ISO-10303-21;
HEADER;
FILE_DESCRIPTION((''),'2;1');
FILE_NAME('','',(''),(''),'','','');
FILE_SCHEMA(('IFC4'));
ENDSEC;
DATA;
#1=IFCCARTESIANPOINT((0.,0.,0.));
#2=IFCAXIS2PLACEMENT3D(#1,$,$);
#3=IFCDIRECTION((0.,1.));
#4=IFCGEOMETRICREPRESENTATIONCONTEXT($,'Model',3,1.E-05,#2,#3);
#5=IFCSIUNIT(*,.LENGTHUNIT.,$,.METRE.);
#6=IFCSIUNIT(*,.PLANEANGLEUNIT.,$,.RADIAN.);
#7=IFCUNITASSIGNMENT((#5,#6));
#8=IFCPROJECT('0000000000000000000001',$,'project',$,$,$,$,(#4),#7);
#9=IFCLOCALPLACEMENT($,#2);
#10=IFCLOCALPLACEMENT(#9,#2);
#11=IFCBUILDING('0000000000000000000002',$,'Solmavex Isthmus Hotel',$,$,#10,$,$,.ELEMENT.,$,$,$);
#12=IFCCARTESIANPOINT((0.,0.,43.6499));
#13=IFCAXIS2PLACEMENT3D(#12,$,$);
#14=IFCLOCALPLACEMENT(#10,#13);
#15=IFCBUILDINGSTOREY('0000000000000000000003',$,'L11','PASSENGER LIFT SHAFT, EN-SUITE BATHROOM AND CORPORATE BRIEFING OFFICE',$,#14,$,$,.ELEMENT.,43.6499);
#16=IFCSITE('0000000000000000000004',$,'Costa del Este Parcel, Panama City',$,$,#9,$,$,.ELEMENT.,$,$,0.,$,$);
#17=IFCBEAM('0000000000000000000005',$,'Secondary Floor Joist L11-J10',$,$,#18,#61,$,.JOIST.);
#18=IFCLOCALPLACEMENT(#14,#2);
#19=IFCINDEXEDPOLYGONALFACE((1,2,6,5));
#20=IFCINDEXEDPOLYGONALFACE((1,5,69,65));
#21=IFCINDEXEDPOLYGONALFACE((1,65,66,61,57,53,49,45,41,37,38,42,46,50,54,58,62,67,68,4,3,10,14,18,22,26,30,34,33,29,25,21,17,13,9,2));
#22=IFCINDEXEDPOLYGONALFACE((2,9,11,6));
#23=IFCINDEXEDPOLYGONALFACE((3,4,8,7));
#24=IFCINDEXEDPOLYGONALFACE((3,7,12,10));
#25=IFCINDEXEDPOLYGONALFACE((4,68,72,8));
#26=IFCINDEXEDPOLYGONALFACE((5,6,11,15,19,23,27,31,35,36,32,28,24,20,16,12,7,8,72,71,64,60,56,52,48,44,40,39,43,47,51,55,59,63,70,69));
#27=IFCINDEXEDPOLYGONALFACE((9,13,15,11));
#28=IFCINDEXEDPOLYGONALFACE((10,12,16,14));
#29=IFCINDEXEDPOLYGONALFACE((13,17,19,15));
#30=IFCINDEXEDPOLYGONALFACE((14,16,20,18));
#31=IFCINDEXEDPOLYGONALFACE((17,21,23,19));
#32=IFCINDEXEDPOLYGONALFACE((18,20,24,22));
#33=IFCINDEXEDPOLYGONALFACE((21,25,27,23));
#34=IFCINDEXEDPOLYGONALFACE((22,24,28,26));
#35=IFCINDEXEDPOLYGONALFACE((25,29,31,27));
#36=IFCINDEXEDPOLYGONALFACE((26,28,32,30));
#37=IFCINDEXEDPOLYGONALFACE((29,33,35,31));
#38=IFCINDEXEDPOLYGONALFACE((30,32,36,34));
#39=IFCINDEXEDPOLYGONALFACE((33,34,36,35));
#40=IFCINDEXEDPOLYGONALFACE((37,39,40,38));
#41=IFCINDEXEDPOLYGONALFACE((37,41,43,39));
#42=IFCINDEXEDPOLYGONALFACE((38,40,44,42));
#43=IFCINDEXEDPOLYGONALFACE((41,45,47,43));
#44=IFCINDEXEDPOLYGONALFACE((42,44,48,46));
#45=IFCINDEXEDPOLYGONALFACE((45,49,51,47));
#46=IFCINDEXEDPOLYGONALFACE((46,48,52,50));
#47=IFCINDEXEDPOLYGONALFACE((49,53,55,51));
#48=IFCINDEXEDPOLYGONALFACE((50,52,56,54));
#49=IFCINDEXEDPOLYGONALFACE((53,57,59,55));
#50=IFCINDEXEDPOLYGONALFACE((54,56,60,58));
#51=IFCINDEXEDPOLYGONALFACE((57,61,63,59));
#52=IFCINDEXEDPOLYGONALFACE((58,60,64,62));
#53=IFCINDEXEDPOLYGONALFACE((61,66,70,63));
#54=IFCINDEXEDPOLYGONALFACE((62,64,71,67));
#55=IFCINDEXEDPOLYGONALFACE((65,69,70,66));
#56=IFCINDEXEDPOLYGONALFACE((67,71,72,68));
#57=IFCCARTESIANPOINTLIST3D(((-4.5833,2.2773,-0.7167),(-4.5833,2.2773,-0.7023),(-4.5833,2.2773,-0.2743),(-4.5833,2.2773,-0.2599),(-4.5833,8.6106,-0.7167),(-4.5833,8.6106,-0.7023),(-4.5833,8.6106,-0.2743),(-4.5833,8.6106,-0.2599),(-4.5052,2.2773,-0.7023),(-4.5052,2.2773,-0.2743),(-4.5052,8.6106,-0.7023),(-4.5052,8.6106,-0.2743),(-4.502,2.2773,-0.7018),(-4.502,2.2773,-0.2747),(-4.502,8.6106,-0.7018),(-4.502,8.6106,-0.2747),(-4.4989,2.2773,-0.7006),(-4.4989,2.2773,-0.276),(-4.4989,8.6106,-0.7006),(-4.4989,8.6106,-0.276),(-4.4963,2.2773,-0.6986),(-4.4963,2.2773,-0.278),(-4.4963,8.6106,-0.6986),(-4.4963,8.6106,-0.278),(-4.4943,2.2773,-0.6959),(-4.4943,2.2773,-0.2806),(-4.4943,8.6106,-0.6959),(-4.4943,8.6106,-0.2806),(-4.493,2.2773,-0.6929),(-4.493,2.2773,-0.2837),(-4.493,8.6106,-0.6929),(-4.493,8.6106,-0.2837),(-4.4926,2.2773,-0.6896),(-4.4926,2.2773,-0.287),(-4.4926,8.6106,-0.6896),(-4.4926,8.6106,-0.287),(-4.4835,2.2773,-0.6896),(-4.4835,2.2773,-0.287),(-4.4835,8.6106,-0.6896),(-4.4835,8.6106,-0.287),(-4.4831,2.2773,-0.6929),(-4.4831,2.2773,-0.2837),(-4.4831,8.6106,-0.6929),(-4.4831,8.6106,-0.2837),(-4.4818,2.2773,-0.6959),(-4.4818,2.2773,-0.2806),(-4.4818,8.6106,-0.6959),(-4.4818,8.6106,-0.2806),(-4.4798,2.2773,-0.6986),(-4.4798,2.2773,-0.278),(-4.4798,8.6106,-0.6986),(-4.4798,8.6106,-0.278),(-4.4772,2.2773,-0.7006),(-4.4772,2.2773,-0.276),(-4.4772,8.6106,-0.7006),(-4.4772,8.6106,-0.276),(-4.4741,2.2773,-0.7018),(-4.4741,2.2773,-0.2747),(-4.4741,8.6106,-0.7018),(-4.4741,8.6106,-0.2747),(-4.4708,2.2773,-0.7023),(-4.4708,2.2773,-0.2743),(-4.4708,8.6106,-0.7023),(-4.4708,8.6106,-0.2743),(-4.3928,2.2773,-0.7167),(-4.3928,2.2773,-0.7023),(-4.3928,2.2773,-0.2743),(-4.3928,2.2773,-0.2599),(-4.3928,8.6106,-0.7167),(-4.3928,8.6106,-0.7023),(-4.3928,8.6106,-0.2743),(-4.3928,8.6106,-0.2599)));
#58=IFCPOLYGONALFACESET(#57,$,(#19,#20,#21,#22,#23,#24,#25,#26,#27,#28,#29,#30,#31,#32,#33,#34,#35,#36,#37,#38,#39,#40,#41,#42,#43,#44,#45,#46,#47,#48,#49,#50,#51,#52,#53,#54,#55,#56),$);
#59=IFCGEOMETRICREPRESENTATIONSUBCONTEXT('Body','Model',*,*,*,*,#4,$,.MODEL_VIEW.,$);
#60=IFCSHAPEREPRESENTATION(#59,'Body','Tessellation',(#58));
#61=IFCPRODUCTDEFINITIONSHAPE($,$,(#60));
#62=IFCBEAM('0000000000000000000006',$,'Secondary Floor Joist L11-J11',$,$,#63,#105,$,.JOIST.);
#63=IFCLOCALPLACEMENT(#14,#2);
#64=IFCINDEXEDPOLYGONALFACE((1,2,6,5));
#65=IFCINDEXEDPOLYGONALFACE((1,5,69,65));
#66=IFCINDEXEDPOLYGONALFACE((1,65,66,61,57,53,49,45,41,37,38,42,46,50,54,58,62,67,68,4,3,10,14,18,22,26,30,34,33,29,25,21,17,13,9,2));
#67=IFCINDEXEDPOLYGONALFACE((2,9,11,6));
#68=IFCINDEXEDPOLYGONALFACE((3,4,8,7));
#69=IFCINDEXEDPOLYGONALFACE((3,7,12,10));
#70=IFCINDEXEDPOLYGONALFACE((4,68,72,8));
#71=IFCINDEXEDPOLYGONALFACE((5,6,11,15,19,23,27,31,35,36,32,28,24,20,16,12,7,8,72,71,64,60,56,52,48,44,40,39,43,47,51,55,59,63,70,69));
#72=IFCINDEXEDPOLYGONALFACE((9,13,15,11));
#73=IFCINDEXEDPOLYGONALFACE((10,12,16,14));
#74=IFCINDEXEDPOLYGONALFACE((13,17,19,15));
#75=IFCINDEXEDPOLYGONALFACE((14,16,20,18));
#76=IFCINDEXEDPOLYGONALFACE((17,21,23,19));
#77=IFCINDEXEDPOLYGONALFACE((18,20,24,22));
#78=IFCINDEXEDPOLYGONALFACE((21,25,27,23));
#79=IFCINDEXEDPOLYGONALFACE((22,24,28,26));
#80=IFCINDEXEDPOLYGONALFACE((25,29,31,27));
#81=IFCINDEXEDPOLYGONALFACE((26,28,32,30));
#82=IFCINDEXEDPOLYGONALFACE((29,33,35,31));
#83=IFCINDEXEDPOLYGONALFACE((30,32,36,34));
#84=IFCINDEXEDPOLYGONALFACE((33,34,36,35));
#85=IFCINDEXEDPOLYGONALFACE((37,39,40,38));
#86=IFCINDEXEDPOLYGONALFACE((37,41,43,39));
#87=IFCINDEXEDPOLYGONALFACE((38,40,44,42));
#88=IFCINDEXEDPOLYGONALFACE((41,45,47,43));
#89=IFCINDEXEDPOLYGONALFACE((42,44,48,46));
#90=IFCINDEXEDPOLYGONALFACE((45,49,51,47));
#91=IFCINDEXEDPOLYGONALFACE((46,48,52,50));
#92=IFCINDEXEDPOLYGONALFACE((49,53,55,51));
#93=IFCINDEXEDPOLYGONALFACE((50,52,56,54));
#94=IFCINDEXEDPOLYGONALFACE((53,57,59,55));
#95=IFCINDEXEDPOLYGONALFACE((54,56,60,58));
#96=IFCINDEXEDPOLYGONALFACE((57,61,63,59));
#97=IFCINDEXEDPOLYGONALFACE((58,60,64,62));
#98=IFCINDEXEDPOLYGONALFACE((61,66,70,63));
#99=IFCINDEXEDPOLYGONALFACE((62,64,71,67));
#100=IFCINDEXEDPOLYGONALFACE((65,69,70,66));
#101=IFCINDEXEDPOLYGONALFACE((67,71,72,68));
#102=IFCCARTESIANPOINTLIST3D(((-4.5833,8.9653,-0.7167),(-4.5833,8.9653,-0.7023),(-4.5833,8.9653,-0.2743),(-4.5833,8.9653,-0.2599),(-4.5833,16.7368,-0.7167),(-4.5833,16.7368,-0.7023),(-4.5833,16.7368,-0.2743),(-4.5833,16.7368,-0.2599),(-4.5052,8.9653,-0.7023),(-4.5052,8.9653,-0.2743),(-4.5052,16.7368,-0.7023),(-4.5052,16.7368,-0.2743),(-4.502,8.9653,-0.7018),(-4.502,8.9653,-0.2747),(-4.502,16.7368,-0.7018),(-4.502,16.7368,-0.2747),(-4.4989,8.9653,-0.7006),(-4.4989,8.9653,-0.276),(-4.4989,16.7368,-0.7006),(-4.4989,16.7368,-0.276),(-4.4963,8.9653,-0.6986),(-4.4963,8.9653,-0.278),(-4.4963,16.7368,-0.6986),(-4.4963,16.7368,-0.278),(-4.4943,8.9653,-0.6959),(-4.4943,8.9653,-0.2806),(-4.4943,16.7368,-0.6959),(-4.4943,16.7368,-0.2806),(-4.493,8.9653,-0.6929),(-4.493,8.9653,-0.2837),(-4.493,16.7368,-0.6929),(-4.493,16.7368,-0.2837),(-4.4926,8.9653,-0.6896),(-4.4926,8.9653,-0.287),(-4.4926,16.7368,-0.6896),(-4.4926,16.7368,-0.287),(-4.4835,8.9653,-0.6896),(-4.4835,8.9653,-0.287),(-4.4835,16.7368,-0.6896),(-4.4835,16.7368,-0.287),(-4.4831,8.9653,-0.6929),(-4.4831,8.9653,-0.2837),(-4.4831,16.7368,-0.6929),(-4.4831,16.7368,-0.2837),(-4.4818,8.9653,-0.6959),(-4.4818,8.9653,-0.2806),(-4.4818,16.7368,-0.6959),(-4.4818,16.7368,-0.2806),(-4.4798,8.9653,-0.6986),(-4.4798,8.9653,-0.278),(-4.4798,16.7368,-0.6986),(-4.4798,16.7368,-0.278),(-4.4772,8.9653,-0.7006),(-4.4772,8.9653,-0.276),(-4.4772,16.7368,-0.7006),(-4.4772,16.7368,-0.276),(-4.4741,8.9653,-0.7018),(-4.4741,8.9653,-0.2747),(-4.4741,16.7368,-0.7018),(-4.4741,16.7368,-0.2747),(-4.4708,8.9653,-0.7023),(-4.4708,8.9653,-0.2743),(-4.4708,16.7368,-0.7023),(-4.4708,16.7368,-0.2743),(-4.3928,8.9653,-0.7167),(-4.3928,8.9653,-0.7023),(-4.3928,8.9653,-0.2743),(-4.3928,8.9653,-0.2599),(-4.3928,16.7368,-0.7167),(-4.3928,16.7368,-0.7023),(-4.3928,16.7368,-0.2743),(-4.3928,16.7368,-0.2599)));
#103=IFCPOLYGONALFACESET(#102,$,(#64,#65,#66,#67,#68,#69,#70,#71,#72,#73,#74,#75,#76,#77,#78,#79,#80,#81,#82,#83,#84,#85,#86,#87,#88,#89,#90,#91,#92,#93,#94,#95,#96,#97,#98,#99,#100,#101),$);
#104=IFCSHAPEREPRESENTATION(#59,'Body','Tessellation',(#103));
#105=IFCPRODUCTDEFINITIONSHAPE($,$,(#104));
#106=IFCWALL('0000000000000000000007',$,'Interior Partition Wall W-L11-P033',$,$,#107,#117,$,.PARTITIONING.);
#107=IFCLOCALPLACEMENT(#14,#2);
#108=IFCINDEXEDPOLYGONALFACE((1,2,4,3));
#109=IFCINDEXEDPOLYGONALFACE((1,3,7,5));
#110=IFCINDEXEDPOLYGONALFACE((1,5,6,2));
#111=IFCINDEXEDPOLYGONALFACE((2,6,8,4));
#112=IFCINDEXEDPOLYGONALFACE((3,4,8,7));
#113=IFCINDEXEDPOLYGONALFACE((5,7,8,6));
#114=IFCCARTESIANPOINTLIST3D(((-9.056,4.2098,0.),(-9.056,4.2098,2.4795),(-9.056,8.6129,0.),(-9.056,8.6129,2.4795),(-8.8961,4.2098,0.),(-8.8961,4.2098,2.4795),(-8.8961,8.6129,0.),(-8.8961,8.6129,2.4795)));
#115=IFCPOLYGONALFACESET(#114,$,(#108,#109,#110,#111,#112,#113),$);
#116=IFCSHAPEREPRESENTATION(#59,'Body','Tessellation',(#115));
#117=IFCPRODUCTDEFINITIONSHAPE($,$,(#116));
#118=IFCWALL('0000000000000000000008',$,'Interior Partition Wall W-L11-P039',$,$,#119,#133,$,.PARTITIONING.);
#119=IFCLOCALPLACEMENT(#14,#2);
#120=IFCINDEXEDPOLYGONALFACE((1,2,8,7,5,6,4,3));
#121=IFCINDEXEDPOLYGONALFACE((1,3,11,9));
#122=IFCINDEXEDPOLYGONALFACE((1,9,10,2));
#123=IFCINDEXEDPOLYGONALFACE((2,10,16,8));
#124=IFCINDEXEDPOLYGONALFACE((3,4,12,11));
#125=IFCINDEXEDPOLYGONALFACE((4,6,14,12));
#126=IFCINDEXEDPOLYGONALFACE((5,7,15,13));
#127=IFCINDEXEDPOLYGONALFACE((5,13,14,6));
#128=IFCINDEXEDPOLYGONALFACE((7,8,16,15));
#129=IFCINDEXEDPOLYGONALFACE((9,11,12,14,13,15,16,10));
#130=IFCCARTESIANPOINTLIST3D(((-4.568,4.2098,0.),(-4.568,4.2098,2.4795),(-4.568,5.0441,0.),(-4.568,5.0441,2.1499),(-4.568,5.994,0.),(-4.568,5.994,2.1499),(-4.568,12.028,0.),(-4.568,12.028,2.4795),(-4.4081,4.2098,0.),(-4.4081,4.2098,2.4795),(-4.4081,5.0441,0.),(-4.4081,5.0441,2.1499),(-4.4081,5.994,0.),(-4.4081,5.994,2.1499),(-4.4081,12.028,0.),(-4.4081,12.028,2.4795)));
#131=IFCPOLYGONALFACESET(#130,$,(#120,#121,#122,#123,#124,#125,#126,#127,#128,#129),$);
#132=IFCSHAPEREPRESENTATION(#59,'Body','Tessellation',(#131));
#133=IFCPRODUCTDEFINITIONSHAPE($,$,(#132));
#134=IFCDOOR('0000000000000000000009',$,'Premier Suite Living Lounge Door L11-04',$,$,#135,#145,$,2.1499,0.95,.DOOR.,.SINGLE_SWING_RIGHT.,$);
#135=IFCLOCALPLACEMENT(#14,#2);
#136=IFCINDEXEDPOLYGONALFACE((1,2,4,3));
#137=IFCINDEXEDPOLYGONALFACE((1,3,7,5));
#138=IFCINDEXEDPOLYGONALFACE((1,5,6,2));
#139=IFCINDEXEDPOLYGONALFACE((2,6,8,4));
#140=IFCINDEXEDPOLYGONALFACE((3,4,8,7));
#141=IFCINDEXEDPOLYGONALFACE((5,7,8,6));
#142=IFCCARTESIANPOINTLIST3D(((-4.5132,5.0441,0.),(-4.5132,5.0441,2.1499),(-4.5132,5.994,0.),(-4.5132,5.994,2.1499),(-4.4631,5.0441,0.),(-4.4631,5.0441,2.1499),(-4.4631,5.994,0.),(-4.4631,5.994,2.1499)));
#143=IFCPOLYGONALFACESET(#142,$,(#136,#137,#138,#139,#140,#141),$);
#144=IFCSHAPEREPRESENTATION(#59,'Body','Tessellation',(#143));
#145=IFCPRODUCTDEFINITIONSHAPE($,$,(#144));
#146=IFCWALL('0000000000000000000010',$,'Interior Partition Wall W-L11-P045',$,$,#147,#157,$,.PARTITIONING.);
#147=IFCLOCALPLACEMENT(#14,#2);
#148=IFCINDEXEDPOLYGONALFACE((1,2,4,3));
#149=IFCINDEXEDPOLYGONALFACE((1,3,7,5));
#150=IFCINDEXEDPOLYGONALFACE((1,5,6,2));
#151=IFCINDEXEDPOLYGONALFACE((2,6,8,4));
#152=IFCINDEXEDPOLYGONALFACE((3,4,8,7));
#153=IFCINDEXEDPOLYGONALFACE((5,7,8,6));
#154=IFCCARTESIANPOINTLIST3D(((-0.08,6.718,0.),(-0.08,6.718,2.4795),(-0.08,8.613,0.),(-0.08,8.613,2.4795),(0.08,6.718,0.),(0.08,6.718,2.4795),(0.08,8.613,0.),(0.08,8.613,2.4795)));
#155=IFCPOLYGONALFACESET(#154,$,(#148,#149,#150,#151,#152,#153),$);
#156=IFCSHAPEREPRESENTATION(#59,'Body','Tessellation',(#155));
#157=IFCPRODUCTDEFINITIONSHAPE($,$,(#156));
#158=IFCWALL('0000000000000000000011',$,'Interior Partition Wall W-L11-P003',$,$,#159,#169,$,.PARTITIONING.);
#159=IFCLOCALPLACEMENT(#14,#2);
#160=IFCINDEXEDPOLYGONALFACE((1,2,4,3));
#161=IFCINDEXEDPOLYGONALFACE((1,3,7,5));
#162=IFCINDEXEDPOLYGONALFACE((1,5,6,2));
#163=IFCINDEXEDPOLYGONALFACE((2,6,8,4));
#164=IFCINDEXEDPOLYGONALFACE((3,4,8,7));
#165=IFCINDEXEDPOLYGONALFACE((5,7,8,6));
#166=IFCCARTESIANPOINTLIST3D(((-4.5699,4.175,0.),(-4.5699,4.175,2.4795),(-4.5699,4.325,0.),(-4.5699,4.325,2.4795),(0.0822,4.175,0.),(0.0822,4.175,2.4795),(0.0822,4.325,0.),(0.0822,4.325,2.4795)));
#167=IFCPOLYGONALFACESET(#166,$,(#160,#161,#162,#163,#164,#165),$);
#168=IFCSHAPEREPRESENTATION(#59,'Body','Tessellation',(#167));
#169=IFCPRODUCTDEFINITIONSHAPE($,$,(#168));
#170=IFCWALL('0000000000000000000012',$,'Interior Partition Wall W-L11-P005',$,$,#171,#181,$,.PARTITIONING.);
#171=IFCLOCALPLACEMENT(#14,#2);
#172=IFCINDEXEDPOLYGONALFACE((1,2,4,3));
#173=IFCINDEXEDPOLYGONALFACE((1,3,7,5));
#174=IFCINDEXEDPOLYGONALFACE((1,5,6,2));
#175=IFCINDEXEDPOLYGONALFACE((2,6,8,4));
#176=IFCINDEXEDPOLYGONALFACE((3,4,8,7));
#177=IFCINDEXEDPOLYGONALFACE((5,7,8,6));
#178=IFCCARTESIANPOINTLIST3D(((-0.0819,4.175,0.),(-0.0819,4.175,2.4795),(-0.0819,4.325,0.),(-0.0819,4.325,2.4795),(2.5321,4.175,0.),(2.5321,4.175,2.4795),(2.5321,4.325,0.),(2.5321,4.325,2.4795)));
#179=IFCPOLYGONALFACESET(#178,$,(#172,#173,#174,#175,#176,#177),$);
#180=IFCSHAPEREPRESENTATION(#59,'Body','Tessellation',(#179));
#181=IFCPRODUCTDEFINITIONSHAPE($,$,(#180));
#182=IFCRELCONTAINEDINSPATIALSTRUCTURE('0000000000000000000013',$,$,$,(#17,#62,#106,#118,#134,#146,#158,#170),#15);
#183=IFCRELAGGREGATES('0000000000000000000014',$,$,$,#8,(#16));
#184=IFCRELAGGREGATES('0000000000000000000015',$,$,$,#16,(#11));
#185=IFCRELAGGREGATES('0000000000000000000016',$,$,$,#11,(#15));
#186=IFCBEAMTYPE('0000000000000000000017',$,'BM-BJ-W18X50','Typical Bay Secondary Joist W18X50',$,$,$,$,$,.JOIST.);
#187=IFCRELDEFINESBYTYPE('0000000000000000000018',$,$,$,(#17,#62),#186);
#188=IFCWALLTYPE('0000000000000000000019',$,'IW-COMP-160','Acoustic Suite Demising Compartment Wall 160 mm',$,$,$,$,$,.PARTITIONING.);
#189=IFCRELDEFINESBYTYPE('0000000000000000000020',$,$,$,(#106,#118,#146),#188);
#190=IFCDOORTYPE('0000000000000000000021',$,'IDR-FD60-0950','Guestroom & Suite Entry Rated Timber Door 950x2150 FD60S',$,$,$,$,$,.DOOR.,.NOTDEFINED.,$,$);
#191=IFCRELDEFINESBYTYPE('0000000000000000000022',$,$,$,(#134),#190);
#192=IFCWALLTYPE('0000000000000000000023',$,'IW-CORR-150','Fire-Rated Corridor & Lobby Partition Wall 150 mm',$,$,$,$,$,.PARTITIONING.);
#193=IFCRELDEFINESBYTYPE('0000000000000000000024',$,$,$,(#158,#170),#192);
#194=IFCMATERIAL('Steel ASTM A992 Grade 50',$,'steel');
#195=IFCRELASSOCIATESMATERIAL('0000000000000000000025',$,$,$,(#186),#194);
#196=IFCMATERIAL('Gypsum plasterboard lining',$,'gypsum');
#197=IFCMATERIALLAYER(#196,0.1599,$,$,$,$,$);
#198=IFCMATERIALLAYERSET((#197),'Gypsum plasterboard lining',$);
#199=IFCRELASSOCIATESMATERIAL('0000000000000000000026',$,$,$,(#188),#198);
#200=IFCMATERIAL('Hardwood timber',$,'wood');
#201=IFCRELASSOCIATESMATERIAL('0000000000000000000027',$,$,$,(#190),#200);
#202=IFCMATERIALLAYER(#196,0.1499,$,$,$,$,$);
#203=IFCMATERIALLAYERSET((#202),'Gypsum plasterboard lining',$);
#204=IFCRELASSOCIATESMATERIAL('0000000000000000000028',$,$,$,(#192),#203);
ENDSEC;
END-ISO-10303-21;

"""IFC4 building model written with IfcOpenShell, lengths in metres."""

from ifc_helpers import new_model, si_unit, direction, frame, frame_2d, origin, origin_2d, place, context, subcontext, project, spatial, rectangle, i_section, extrude, material, layer, layer_set, material_profile, profile_set, type_object, element, fill, save


model = new_model("IFC4")

# Units and contexts
model_context = context("Model", 3, precision=1e-05, world=origin(), true_north=direction((0.0, 1.0)))
body_context = subcontext(model_context, "Body", "Model", "MODEL_VIEW")
ifc_project = project(units=[si_unit("LENGTHUNIT", "METRE"), si_unit("PLANEANGLEUNIT", "RADIAN")], contexts=[model_context])

# Site, building, storey
site_placement = place(None, origin())
site = spatial("IfcSite", under=ifc_project, at=site_placement, Name="Costa del Este Parcel, Panama City", CompositionType="ELEMENT", RefElevation=0.0)
building_placement = place(site_placement, origin())
building = spatial("IfcBuilding", under=site, at=building_placement, Name="Solmavex Isthmus Hotel", CompositionType="ELEMENT")
storey_placement = place(building_placement, frame((0.0, 0.0, 43.6499)))
storey = spatial("IfcBuildingStorey", under=building, at=storey_placement, Name="L11", Description="PASSENGER LIFT SHAFT, EN-SUITE BATHROOM AND CORPORATE BRIEFING OFFICE", CompositionType="ELEMENT", Elevation=43.6499)

# Beams
ifc_material_1 = material(Name="Steel ASTM A992 Grade 50", Category="steel")
ifc_material_profile_1 = material_profile(ifc_material_1, i_section(OverallWidth=0.1904, OverallDepth=0.4568, WebThickness=0.009, FlangeThickness=0.0144, FilletRadius=0.0127, at=origin_2d()), Name="W18X50")
ifc_profile_set_1 = profile_set([ifc_material_profile_1], Name="Steel ASTM A992 Grade 50")
beam_type_1 = type_object("IfcBeamType", Name="BM-BJ-W18X50", Description="Typical Bay Secondary Joist W18X50", PredefinedType="JOIST", material=ifc_profile_set_1)
beam_1_placement = place(storey_placement, frame((-4.488, 2.2773, -0.4883), z_axis=(0.0, 1.0, 0.0), x_axis=(-1.0, 0.0, 0.0)))
element("IfcBeam", 1, at=beam_1_placement, inside=storey, type_object=beam_type_1, Name="Secondary Floor Joist L11-J10", PredefinedType="JOIST", context=body_context, shape_type="SweptSolid", body=[
    extrude(i_section(OverallWidth=0.1904, OverallDepth=0.4568, WebThickness=0.009, FlangeThickness=0.0144, FilletRadius=0.0127, at=origin_2d()), origin(), (0.0, 0.0, 1.0), 6.3333),
])
beam_2_placement = place(storey_placement, frame((-4.488, 8.9653, -0.4883), z_axis=(0.0, 1.0, 0.0), x_axis=(-1.0, 0.0, 0.0)))
element("IfcBeam", 2, at=beam_2_placement, inside=storey, type_object=beam_type_1, Name="Secondary Floor Joist L11-J11", PredefinedType="JOIST", context=body_context, shape_type="SweptSolid", body=[
    extrude(i_section(OverallWidth=0.1904, OverallDepth=0.4568, WebThickness=0.009, FlangeThickness=0.0144, FilletRadius=0.0127, at=origin_2d()), origin(), (0.0, 0.0, 1.0), 7.7715),
])

# Wall
ifc_material_2 = material(Name="Gypsum plasterboard lining", Category="gypsum")
ifc_layer_1 = layer(ifc_material_2, 0.1599)
ifc_layer_set_1 = layer_set([ifc_layer_1], Name="Gypsum plasterboard lining")
wall_type_1 = type_object("IfcWallType", Name="IW-COMP-160", Description="Acoustic Suite Demising Compartment Wall 160 mm", PredefinedType="PARTITIONING", material=ifc_layer_set_1)
wall_1_placement = place(storey_placement, frame((-8.9761, 8.613, 0.0), z_axis=(0.0, 0.0, 1.0), x_axis=(0.0, -1.0, 0.0)))
element("IfcWall", 3, at=wall_1_placement, inside=storey, type_object=wall_type_1, Name="Interior Partition Wall W-L11-P033", PredefinedType="PARTITIONING", context=body_context, shape_type="SweptSolid", body=[
    extrude(rectangle(XDim=4.4031, YDim=0.1599, at=frame_2d((2.2017, 0.0))), origin(), (0.0, 0.0, 1.0), 2.4795),
])

# Wall, opening, door
ifc_material_3 = material(Name="Hardwood timber", Category="wood")
door_type = type_object("IfcDoorType", Name="IDR-FD60-0950", Description="Guestroom & Suite Entry Rated Timber Door 950x2150 FD60S", OperationType="NOTDEFINED", PredefinedType="DOOR", material=ifc_material_3)
wall_2_placement = place(storey_placement, frame((-4.488, 12.0281, 0.0), z_axis=(0.0, 0.0, 1.0), x_axis=(0.0, -1.0, 0.0)))
wall_2 = element("IfcWall", 4, at=wall_2_placement, inside=storey, type_object=wall_type_1, Name="Interior Partition Wall W-L11-P039", PredefinedType="PARTITIONING", context=body_context, shape_type="SweptSolid", body=[
    extrude(rectangle(XDim=7.8181, YDim=0.1599, at=frame_2d((3.9092, 0.0))), origin(), (0.0, 0.0, 1.0), 2.4795),
])
opening_1_placement = place(wall_2_placement, frame((6.0339, 0.0, 0.0)))
opening_1 = element("IfcOpeningElement", 5, at=opening_1_placement, cuts=wall_2, PredefinedType="OPENING", context=body_context, shape_type="SweptSolid", body=[
    extrude(rectangle(XDim=0.95, YDim=2.1499, at=frame_2d((0.4751, 1.075))), frame((0.0, 0.0898, 0.0), z_axis=(0.0, -1.0, 0.0), x_axis=(1.0, 0.0, 0.0)), (0.0, 0.0, 1.0), 0.1799),
])
door_1_placement = place(opening_1_placement, origin())
door_1 = element("IfcDoor", 6, at=door_1_placement, inside=storey, type_object=door_type, Name="Premier Suite Living Lounge Door L11-04", OperationType="SINGLE_SWING_RIGHT", OverallHeight=2.1499, OverallWidth=0.95, PredefinedType="DOOR", context=body_context, shape_type="SweptSolid", body=[
    extrude(rectangle(XDim=0.95, YDim=2.1499, at=frame_2d((0.4751, 1.075))), frame((0.0, 0.0249, 0.0), z_axis=(0.0, -1.0, 0.0), x_axis=(1.0, 0.0, 0.0)), (0.0, 0.0, 1.0), 0.05),
])
fill(opening_1, door_1)

# Wall
wall_3_placement = place(storey_placement, frame((0.0, 8.613, 0.0), z_axis=(0.0, 0.0, 1.0), x_axis=(0.0, -1.0, 0.0)))
element("IfcWall", 7, at=wall_3_placement, inside=storey, type_object=wall_type_1, Name="Interior Partition Wall W-L11-P045", PredefinedType="PARTITIONING", context=body_context, shape_type="SweptSolid", body=[
    extrude(rectangle(XDim=1.895, YDim=0.1599, at=frame_2d((0.9475, 0.0))), origin(), (0.0, 0.0, 1.0), 2.4795),
])

# Shared definitions
ifc_layer_2 = layer(ifc_material_2, 0.1499)
ifc_layer_set_2 = layer_set([ifc_layer_2], Name="Gypsum plasterboard lining")
wall_type_2 = type_object("IfcWallType", Name="IW-CORR-150", Description="Fire-Rated Corridor & Lobby Partition Wall 150 mm", PredefinedType="PARTITIONING", material=ifc_layer_set_2)

# Walls
wall_4_placement = place(storey_placement, frame((-4.5701, 4.25, 0.0), z_axis=(0.0, 0.0, 1.0), x_axis=(1.0, 0.0, 0.0)))
element("IfcWall", 8, at=wall_4_placement, inside=storey, type_object=wall_type_2, Name="Interior Partition Wall W-L11-P003", PredefinedType="PARTITIONING", context=body_context, shape_type="SweptSolid", body=[
    extrude(rectangle(XDim=4.6521, YDim=0.1499, at=frame_2d((2.3262, 0.0))), origin(), (0.0, 0.0, 1.0), 2.4795),
])
wall_5_placement = place(storey_placement, frame((-0.082, 4.25, 0.0), z_axis=(0.0, 0.0, 1.0), x_axis=(1.0, 0.0, 0.0)))
element("IfcWall", 9, at=wall_5_placement, inside=storey, type_object=wall_type_2, Name="Interior Partition Wall W-L11-P005", PredefinedType="PARTITIONING", context=body_context, shape_type="SweptSolid", body=[
    extrude(rectangle(XDim=2.614, YDim=0.1499, at=frame_2d((1.3071, 0.0))), origin(), (0.0, 0.0, 1.0), 2.4795),
])

save(model, "model.ifc")
